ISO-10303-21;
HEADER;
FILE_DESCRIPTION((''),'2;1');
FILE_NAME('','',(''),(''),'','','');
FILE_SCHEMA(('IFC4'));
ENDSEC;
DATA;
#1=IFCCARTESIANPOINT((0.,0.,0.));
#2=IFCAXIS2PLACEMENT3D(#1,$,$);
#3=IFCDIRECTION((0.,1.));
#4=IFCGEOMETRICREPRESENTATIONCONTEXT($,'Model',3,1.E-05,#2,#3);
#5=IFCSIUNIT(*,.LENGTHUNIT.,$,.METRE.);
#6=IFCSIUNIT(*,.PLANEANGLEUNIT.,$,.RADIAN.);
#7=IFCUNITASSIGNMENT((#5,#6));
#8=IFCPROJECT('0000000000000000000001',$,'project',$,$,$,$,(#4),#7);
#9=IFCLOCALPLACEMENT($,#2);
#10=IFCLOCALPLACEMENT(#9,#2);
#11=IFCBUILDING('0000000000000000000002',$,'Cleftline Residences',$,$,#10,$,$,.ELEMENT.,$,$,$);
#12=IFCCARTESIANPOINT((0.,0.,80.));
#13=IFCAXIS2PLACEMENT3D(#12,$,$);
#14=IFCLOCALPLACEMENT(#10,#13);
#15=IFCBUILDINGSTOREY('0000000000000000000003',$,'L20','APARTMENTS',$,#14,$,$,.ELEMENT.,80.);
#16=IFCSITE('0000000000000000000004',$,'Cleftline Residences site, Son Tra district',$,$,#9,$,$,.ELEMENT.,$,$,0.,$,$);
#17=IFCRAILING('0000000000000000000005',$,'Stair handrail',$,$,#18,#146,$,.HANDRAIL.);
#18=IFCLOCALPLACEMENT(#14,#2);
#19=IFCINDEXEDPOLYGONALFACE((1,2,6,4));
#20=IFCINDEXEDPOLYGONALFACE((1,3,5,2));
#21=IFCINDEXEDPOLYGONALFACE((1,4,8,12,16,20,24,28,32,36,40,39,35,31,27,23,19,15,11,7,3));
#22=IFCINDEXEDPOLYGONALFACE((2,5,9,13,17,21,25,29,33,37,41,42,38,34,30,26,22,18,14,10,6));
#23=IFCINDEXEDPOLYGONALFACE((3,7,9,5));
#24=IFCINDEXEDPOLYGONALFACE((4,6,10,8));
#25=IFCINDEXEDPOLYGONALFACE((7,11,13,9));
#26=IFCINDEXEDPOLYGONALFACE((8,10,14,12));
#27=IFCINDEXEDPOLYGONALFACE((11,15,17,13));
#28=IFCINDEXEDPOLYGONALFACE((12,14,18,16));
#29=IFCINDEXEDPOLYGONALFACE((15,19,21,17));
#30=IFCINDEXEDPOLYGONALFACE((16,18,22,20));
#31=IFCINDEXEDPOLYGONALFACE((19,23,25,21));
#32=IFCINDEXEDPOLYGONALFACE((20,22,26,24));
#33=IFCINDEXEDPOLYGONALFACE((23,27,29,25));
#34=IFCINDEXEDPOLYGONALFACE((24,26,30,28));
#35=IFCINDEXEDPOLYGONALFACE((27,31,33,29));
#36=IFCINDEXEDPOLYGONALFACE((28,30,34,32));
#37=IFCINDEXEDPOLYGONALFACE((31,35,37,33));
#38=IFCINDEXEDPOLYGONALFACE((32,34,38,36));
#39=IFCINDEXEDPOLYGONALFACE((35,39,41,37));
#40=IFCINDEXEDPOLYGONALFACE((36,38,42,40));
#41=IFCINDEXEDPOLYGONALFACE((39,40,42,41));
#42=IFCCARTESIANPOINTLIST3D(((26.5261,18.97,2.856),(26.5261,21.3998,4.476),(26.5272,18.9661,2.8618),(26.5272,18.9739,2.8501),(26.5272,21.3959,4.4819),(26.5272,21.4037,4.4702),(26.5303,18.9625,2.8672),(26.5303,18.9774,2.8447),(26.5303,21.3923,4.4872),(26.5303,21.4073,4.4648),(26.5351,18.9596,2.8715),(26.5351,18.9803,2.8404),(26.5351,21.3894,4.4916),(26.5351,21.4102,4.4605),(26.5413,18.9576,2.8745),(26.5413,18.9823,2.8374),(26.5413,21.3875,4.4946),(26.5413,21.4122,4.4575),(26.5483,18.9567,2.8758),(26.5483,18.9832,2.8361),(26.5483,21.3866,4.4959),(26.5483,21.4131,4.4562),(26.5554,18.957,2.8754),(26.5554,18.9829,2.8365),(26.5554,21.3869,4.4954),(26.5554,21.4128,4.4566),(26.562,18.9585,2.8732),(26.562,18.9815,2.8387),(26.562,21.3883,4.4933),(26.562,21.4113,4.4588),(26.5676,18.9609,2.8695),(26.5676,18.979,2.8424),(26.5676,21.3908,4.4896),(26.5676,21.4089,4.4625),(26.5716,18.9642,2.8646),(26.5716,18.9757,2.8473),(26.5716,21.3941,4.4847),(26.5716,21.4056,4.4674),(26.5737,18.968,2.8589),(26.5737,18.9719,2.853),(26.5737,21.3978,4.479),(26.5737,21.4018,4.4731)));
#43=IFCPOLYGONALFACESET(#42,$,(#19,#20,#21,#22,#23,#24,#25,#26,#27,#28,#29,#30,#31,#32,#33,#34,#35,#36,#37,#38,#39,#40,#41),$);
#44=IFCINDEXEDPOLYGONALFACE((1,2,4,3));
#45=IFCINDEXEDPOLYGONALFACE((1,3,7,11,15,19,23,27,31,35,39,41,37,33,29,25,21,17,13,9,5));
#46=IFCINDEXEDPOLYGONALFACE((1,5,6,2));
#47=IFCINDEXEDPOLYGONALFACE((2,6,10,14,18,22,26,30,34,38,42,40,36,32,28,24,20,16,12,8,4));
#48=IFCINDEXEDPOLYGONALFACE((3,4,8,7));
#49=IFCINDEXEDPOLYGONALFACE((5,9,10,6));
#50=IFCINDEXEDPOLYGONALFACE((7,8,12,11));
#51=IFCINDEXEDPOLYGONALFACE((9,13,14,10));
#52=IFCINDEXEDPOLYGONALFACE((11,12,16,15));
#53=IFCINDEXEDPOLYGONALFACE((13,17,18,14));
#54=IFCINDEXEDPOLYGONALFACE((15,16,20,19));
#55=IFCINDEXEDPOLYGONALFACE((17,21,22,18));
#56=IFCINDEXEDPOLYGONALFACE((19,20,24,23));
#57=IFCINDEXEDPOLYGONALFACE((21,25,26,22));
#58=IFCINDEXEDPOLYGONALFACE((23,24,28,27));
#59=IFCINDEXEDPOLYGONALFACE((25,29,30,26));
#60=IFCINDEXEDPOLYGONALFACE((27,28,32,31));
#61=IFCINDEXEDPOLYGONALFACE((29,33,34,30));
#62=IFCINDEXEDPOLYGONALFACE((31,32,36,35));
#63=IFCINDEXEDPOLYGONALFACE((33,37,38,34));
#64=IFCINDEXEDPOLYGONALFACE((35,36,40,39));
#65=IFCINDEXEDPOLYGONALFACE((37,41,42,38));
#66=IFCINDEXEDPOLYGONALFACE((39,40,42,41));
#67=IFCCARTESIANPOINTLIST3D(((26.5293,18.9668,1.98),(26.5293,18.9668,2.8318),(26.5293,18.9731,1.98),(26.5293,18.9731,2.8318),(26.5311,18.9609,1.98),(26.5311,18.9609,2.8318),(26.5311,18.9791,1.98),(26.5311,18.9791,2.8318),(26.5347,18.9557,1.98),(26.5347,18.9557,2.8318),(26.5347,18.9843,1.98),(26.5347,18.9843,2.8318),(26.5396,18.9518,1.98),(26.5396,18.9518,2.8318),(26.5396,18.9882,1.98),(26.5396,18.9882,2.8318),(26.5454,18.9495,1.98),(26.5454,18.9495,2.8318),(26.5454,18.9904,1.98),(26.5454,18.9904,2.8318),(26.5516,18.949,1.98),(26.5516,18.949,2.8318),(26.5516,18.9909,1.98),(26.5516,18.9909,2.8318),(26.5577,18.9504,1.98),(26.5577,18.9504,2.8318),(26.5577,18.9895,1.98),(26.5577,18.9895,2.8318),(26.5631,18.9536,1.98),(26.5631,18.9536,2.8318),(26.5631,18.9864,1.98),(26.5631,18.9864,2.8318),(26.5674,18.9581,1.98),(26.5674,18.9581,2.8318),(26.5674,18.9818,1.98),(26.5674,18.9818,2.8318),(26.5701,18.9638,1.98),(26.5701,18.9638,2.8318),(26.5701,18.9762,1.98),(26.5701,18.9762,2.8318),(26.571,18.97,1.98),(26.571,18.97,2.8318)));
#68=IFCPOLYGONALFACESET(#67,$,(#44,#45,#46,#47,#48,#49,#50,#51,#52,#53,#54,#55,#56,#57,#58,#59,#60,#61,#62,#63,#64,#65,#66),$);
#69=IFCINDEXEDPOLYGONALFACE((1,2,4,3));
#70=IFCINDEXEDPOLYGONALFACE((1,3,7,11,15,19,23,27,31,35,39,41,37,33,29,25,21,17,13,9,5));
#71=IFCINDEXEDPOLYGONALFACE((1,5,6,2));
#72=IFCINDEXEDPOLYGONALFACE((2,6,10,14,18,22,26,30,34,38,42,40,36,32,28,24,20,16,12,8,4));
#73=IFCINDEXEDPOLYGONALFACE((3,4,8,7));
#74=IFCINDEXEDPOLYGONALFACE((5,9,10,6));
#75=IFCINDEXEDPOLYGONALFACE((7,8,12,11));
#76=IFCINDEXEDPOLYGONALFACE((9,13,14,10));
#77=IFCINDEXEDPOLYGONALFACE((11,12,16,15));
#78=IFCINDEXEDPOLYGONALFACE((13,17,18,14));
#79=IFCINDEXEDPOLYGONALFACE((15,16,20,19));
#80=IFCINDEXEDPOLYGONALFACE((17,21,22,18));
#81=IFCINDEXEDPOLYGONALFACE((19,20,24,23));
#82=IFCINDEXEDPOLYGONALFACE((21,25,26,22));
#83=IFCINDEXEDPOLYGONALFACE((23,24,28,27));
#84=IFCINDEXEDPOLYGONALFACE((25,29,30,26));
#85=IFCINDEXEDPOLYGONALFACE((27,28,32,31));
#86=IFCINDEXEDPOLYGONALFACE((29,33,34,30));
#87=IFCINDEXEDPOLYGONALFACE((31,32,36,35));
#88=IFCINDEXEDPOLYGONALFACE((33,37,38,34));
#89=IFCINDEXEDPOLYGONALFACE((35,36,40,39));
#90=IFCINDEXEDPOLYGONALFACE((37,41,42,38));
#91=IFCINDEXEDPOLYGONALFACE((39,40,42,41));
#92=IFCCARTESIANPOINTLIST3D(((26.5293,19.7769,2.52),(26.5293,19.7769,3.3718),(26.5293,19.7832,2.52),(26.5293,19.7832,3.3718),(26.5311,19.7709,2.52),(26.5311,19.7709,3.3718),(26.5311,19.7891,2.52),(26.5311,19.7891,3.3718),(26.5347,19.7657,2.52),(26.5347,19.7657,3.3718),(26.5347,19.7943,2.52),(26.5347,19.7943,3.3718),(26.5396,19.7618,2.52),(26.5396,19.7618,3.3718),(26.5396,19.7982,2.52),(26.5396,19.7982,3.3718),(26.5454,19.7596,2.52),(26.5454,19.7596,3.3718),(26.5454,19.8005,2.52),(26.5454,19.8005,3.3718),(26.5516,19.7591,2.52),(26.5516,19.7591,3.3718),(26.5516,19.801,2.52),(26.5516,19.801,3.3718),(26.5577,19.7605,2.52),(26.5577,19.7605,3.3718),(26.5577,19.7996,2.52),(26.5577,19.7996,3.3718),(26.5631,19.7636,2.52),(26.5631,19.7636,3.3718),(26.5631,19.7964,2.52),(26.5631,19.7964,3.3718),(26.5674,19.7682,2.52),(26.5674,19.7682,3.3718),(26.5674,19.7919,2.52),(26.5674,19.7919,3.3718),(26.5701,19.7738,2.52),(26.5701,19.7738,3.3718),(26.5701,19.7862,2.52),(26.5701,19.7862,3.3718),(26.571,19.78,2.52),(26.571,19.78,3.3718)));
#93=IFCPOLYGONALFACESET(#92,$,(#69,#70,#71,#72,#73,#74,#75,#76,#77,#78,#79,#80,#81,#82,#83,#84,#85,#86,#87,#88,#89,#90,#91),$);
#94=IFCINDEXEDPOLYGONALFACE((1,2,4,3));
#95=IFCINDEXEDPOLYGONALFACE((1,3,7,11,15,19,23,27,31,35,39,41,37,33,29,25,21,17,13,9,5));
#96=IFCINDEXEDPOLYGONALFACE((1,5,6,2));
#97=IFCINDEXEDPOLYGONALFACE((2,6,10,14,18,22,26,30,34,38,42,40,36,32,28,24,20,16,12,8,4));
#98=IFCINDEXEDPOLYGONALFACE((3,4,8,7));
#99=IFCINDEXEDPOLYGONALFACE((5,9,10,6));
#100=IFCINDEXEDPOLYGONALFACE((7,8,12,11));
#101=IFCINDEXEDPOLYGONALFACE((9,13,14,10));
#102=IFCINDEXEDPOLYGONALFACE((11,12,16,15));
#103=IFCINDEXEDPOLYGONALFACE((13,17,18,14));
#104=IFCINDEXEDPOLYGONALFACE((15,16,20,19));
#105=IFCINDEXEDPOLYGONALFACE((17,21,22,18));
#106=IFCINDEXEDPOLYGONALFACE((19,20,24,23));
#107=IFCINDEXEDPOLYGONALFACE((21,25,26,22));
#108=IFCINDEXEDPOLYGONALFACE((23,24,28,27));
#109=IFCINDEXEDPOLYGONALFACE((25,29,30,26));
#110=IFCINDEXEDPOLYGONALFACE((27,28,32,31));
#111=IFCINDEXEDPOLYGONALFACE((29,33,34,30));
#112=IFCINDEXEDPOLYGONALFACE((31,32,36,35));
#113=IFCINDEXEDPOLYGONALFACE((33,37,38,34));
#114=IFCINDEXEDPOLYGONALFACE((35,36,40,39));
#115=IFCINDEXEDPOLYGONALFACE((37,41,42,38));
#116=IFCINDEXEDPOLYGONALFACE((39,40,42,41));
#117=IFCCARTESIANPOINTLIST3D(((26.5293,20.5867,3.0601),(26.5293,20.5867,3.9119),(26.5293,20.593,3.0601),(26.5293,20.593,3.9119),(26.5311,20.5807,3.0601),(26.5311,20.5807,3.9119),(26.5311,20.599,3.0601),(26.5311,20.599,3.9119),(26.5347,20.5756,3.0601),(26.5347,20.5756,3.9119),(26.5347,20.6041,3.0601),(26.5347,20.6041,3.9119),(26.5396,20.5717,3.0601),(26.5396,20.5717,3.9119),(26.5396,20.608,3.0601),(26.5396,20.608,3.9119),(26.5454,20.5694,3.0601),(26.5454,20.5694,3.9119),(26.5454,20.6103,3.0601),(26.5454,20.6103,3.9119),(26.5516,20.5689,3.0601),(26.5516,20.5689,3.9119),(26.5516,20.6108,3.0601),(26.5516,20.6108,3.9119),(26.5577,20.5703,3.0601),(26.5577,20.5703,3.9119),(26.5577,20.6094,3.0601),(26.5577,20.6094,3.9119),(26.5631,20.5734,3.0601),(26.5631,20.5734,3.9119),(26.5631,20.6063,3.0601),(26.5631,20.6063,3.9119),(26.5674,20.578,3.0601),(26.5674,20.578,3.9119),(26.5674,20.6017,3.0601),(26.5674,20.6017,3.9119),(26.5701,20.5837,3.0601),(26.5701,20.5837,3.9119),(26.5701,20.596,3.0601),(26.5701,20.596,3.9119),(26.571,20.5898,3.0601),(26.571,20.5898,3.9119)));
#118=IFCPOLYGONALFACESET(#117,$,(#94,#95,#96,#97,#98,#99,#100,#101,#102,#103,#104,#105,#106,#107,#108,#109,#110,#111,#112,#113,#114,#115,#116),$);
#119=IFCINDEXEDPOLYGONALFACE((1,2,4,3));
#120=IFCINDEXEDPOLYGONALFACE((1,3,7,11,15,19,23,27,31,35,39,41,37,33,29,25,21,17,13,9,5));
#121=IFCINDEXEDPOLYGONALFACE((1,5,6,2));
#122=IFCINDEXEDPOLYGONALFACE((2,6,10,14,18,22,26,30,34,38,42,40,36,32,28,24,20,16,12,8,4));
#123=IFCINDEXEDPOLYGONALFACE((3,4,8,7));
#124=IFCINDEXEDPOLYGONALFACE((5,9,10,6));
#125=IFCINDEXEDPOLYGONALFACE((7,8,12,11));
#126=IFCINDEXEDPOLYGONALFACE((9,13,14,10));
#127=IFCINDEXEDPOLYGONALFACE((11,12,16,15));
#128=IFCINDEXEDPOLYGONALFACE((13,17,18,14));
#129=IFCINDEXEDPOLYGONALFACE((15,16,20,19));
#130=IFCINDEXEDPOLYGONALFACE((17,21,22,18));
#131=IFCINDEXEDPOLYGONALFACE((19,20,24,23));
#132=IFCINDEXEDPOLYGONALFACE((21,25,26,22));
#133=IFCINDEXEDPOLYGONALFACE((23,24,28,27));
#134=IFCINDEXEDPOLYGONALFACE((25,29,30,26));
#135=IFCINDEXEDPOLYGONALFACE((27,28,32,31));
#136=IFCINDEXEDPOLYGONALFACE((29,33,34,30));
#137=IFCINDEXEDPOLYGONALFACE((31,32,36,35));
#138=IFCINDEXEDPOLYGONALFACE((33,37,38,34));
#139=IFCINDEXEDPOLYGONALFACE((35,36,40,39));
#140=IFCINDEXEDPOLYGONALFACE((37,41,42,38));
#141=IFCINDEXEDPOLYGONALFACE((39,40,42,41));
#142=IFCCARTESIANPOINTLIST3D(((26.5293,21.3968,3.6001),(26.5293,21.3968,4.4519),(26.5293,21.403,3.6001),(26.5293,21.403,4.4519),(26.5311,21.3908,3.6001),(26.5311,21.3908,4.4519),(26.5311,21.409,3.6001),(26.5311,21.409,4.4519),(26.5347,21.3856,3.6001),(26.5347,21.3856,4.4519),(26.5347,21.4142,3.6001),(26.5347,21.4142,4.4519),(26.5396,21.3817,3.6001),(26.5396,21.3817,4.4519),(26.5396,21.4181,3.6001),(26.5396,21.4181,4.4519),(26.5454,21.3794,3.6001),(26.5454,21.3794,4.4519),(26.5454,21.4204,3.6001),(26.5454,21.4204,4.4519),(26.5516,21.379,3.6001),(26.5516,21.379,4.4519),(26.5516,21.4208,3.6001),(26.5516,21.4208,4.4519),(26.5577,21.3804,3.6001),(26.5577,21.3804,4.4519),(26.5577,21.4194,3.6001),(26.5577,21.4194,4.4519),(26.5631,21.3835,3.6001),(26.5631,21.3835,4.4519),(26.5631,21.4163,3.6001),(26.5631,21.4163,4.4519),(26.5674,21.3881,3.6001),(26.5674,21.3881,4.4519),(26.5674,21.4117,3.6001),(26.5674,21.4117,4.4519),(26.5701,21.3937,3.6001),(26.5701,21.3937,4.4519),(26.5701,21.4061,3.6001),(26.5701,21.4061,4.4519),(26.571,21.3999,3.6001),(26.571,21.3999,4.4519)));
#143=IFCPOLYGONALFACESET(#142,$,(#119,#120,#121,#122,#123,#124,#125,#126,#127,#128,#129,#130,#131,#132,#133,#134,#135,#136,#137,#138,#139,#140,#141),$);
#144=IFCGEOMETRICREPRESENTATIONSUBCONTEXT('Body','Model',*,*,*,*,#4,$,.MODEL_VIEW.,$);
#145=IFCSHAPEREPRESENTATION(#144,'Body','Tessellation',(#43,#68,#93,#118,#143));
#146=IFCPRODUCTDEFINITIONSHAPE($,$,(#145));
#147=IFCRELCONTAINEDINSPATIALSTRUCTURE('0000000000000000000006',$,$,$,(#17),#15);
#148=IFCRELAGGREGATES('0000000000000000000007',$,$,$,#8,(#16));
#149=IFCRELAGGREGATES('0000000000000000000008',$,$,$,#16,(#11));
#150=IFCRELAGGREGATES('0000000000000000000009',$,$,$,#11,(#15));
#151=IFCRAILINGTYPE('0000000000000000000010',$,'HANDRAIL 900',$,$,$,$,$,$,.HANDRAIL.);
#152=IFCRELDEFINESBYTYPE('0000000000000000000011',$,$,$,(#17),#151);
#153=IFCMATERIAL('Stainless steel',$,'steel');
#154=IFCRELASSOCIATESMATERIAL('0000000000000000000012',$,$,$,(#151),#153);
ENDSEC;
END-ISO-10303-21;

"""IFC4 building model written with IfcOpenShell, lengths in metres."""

from ifc_helpers import new_model, si_unit, direction, frame, origin, origin_2d, place, context, subcontext, project, spatial, circle, extrude, material, type_object, element, save


model = new_model("IFC4")

# Units and contexts
model_context = context("Model", 3, precision=1e-05, world=origin(), true_north=direction((0.0, 1.0)))
body_context = subcontext(model_context, "Body", "Model", "MODEL_VIEW")
ifc_project = project(units=[si_unit("LENGTHUNIT", "METRE"), si_unit("PLANEANGLEUNIT", "RADIAN")], contexts=[model_context])

# Site, building, storey
site_placement = place(None, origin())
site = spatial("IfcSite", under=ifc_project, at=site_placement, Name="Cleftline Residences site, Son Tra district", CompositionType="ELEMENT", RefElevation=0.0)
building_placement = place(site_placement, origin())
building = spatial("IfcBuilding", under=site, at=building_placement, Name="Cleftline Residences", CompositionType="ELEMENT")
storey_placement = place(building_placement, frame((0.0, 0.0, 80.0)))
storey = spatial("IfcBuildingStorey", under=building, at=storey_placement, Name="L20", Description="APARTMENTS", CompositionType="ELEMENT", Elevation=80.0)

# Railing
ifc_material_1 = material(Name="Stainless steel", Category="steel")
railing_type = type_object("IfcRailingType", Name="HANDRAIL 900", PredefinedType="HANDRAIL", material=ifc_material_1)
railing_1_placement = place(storey_placement, frame((26.55, 18.97, 1.98)))
element("IfcRailing", 1, at=railing_1_placement, inside=storey, type_object=railing_type, Name="Stair handrail", PredefinedType="HANDRAIL", context=body_context, shape_type="SweptSolid", body=[
    extrude(circle(Radius=0.0239, at=origin_2d()), frame((0.0, 0.0, 0.876), z_axis=(0.0, 0.832025, 0.554739), x_axis=(-1.0, 0.0, 0.0)), (0.0, 0.0, 1.0), 2.9204),
    extrude(circle(Radius=0.021, at=origin_2d()), origin(), (0.0, 0.0, 1.0), 0.8518),
    extrude(circle(Radius=0.021, at=origin_2d()), frame((0.0, 0.8101, 0.54)), (0.0, 0.0, 1.0), 0.8518),
    extrude(circle(Radius=0.021, at=origin_2d()), frame((0.0, 1.6199, 1.0801)), (0.0, 0.0, 1.0), 0.8518),
    extrude(circle(Radius=0.021, at=origin_2d()), frame((0.0, 2.4299, 1.6201)), (0.0, 0.0, 1.0), 0.8518),
])

save(model, "model.ifc")
